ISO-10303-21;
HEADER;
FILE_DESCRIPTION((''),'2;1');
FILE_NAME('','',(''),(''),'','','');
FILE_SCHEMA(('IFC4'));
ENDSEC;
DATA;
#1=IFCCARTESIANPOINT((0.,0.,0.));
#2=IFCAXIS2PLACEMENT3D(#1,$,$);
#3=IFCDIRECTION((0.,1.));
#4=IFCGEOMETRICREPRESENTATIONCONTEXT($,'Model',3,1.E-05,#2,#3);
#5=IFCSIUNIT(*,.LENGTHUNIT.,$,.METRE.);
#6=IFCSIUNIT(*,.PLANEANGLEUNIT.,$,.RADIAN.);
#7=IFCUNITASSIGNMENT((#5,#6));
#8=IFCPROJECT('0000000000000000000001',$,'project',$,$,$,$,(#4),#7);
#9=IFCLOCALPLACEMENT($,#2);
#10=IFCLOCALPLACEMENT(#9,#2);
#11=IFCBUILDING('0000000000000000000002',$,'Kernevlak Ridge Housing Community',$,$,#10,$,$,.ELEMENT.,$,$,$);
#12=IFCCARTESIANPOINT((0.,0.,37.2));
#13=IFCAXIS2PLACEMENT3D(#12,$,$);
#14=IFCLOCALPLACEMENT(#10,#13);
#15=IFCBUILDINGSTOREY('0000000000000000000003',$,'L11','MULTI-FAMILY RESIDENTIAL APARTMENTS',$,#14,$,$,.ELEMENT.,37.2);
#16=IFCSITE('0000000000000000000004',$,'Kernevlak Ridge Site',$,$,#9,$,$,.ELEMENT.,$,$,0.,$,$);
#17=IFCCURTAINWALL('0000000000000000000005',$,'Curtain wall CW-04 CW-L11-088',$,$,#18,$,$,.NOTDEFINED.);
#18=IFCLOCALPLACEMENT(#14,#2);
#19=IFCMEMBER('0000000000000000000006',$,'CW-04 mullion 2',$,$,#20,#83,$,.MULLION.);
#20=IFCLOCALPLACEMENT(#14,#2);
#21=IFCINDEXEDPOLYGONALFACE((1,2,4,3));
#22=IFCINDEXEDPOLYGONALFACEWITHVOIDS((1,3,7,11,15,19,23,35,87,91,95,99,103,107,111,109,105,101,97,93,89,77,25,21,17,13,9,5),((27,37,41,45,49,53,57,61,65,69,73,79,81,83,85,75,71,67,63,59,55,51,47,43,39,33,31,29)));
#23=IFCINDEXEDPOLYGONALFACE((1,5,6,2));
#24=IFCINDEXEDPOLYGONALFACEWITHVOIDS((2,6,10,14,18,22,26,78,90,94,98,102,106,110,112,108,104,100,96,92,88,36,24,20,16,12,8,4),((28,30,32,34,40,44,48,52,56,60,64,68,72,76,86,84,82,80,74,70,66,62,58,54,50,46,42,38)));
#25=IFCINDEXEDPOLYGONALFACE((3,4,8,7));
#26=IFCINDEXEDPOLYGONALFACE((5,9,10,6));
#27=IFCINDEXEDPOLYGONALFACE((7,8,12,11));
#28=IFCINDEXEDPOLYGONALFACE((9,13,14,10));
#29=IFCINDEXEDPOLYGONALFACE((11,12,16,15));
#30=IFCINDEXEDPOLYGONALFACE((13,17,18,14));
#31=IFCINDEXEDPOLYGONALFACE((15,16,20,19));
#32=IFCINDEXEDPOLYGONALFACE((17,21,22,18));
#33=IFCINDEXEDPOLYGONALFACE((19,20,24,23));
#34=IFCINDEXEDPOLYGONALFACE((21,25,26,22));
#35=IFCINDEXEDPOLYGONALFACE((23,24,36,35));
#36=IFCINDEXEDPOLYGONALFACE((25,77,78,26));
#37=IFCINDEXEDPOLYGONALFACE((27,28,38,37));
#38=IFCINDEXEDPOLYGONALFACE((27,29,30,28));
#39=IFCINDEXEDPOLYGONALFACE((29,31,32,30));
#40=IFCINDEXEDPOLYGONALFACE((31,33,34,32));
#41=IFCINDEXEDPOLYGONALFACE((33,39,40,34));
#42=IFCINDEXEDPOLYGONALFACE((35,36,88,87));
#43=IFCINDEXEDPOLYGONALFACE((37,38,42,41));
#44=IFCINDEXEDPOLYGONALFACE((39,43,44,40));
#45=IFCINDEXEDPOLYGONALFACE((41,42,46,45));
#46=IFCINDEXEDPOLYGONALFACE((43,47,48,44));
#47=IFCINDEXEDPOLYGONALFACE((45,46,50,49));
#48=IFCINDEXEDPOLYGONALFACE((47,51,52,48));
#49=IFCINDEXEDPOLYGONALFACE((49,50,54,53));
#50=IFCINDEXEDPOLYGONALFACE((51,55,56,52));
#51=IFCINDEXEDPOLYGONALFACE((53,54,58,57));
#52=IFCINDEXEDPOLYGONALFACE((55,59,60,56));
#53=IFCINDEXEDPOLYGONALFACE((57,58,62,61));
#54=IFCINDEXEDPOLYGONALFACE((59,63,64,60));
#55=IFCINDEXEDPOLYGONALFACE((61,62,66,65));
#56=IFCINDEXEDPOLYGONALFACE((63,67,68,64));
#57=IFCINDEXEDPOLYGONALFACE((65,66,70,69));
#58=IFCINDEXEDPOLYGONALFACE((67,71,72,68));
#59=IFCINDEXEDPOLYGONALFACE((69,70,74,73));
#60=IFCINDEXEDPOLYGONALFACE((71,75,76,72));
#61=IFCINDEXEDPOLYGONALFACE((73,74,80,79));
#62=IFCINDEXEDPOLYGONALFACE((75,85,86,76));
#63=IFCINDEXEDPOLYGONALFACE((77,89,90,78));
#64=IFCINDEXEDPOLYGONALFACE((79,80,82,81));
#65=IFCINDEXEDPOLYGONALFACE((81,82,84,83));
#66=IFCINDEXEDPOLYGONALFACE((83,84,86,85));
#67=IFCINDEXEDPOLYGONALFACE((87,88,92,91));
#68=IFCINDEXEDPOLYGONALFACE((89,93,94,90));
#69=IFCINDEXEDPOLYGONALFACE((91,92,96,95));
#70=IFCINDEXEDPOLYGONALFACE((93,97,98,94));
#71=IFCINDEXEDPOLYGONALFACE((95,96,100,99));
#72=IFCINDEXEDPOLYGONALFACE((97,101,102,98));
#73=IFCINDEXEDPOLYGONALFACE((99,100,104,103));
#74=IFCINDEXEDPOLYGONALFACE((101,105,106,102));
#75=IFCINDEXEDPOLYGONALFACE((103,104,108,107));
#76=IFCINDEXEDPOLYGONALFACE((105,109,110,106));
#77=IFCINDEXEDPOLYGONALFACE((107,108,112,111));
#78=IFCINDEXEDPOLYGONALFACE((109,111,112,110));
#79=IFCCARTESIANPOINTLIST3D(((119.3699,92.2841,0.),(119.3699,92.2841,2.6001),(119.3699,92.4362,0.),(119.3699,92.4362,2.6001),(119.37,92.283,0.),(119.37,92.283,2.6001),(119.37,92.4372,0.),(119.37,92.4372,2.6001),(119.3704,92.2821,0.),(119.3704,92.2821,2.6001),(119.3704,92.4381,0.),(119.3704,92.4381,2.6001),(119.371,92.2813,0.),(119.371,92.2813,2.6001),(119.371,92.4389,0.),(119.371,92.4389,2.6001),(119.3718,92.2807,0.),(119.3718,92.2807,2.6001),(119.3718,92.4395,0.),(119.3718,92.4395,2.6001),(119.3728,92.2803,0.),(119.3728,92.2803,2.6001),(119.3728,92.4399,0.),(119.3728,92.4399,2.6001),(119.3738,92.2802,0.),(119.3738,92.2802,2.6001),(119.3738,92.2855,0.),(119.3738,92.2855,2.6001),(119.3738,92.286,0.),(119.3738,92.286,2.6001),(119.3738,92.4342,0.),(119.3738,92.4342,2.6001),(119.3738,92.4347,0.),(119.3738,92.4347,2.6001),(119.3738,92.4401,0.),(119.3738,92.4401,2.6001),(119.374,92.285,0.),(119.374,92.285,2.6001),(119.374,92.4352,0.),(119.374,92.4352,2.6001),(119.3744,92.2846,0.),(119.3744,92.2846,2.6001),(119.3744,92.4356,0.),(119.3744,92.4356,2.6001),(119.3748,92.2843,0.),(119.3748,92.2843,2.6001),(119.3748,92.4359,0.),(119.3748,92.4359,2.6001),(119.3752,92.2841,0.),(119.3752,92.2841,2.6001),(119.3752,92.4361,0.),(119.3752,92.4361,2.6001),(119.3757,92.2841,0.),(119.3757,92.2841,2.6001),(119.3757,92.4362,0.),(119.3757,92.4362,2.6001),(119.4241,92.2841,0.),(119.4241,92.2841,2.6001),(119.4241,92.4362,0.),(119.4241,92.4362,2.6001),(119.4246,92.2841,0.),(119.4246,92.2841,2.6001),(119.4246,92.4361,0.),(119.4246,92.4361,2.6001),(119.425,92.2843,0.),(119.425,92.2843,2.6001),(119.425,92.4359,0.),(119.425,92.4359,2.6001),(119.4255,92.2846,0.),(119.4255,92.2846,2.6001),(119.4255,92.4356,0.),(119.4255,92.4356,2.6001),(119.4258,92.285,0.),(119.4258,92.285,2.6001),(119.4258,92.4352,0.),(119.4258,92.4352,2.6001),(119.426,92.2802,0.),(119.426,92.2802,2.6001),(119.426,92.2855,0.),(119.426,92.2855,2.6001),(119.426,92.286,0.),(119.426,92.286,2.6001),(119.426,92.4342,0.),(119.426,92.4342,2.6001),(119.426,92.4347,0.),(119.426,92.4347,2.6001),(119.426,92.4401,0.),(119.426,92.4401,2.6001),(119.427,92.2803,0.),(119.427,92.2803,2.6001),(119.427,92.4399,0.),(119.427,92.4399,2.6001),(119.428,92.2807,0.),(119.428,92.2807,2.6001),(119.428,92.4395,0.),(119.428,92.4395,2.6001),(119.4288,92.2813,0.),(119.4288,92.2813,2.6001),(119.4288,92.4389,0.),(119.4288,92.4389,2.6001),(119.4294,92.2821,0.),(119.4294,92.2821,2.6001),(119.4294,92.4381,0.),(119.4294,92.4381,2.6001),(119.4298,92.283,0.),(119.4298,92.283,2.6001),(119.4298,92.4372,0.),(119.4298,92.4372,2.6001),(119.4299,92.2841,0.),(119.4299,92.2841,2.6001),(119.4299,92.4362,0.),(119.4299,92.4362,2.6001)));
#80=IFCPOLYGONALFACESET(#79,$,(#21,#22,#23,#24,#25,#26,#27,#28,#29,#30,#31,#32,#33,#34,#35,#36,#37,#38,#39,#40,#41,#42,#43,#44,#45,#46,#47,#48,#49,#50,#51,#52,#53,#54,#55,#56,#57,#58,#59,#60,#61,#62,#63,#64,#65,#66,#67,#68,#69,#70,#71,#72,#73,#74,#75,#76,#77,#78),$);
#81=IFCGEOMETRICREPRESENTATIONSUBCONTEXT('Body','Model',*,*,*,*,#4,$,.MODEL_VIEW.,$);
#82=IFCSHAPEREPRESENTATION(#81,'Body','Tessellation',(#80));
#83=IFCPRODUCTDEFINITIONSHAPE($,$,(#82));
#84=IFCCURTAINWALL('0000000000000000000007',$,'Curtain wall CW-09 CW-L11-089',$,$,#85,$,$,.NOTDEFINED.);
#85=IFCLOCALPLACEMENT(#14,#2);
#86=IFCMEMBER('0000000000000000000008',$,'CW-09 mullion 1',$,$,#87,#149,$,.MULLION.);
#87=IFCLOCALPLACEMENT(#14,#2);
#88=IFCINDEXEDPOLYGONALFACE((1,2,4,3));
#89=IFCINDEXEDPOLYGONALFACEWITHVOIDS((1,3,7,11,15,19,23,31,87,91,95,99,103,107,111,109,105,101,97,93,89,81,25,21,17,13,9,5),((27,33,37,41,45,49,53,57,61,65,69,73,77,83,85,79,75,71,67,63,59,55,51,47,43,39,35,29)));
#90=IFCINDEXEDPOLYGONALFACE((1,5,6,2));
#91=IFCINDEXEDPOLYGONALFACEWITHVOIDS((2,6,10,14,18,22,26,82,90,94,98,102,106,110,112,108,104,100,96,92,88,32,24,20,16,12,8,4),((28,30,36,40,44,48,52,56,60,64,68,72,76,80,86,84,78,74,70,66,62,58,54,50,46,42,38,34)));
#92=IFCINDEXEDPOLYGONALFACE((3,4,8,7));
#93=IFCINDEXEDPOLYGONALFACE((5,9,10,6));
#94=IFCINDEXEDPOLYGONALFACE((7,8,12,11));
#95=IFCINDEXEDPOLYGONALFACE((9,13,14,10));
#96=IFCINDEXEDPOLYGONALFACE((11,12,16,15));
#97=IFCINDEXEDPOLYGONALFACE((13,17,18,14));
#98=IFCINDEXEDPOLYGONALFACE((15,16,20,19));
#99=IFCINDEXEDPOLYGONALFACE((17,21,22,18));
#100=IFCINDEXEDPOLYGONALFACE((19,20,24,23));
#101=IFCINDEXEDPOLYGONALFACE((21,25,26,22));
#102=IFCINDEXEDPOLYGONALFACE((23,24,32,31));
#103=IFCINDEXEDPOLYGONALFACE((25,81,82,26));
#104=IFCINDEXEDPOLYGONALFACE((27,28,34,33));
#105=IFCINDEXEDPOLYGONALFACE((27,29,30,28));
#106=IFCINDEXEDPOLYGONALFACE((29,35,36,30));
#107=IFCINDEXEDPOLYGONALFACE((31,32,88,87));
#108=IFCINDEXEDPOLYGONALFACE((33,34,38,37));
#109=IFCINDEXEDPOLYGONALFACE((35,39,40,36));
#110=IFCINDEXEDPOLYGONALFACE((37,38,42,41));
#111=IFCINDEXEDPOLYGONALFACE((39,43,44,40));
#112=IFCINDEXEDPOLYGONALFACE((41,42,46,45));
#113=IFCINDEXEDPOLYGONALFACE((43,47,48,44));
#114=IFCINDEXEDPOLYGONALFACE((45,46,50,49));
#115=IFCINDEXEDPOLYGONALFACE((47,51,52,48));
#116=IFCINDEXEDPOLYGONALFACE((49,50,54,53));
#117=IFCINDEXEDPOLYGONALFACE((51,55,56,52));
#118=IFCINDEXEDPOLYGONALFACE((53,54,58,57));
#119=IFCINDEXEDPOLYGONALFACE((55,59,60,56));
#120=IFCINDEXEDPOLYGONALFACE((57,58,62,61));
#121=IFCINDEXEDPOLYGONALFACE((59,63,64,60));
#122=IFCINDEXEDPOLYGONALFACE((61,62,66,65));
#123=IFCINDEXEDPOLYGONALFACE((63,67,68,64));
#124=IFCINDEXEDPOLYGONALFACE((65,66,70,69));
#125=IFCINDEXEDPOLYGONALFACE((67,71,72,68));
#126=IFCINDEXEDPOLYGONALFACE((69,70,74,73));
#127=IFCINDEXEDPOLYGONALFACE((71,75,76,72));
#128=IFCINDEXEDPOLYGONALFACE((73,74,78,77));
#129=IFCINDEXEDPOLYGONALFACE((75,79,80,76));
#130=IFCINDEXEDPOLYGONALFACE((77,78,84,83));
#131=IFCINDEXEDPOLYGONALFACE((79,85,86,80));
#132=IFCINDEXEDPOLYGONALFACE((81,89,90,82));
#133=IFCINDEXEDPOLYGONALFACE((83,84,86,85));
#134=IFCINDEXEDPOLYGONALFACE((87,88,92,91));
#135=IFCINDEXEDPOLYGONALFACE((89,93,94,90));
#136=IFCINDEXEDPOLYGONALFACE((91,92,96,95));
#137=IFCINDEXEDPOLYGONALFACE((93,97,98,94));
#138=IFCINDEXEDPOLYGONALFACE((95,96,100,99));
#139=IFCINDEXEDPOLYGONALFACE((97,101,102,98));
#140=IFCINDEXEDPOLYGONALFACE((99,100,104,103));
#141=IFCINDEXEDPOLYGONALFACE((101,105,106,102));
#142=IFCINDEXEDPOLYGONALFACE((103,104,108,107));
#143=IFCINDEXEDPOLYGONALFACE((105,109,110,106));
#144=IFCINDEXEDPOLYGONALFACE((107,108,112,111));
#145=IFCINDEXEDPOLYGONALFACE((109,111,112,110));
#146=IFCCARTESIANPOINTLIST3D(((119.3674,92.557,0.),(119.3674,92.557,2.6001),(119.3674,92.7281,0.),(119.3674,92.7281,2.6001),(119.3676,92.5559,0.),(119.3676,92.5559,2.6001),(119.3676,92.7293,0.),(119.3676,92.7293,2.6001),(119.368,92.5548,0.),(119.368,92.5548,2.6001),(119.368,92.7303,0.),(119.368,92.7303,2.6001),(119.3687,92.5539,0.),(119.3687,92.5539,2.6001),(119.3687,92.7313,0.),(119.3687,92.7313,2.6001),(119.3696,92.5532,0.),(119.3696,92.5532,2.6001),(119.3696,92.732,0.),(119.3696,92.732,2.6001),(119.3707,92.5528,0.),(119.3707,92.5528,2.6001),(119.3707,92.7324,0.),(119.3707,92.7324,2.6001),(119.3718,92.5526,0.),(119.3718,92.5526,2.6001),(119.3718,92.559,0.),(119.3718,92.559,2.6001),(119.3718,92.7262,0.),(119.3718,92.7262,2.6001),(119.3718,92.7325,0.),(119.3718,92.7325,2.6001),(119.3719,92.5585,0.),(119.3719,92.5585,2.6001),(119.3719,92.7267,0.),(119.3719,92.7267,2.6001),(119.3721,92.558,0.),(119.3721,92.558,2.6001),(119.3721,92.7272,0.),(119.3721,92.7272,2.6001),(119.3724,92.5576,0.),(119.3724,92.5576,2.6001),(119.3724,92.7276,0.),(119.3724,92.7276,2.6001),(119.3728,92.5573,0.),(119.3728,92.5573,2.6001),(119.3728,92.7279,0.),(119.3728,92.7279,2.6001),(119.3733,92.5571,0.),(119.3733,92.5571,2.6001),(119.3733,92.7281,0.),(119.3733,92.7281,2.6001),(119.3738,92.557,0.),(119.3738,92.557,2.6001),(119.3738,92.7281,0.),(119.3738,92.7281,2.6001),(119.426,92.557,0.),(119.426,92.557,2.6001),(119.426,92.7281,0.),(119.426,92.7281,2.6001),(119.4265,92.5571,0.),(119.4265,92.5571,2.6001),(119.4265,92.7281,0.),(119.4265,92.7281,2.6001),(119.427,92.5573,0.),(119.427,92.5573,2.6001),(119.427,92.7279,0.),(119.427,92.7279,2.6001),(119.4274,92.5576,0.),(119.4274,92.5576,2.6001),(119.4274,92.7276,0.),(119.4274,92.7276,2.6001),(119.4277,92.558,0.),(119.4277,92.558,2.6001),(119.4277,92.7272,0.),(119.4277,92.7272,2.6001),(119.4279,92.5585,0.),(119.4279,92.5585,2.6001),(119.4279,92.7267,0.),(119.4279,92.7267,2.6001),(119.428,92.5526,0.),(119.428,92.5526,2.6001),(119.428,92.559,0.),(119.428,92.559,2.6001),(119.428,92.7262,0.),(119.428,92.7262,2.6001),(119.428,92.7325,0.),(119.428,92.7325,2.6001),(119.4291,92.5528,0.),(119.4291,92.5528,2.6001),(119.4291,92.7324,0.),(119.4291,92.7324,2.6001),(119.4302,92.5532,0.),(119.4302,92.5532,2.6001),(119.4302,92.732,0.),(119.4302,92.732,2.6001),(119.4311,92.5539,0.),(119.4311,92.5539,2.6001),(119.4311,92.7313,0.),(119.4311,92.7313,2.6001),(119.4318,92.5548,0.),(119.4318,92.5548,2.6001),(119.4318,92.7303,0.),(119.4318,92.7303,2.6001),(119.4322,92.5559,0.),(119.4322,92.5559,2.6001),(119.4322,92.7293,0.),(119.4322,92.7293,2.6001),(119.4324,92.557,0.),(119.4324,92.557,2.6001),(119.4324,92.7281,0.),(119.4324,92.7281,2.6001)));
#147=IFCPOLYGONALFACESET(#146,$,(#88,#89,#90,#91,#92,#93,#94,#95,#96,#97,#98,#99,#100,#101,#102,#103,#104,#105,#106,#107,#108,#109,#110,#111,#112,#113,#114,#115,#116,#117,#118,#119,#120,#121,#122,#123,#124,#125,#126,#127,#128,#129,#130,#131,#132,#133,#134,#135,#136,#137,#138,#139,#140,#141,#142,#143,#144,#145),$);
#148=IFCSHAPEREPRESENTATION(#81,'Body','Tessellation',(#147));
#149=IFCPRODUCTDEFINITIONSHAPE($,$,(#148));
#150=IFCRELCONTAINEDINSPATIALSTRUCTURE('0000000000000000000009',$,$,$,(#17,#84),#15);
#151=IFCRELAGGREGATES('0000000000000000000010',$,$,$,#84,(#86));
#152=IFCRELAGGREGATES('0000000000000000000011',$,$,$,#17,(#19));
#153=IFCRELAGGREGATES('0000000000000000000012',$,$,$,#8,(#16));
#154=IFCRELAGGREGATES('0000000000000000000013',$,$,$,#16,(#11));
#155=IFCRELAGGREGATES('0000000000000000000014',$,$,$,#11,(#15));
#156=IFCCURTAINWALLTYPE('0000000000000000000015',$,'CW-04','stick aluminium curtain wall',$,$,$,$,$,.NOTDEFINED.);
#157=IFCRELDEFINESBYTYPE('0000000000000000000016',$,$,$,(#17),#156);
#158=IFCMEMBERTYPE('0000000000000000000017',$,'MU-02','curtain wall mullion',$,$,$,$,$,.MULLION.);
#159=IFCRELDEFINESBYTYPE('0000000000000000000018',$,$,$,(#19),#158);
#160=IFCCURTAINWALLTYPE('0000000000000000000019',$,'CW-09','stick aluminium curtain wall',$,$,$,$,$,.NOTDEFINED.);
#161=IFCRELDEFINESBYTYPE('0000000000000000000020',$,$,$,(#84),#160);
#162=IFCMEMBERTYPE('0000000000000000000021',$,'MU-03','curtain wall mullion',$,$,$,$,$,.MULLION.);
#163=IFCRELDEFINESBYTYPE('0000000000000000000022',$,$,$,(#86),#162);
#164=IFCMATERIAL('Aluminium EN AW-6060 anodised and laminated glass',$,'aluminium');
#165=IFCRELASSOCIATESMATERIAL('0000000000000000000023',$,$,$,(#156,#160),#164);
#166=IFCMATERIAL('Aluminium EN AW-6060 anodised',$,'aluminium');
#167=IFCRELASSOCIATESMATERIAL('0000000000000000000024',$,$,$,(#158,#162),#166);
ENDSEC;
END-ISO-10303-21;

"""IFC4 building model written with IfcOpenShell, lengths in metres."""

from ifc_helpers import new_model, si_unit, direction, frame, origin, origin_2d, place, context, subcontext, project, spatial, hollow_rectangle, extrude, material, material_profile, profile_set, type_object, element, aggregate, save


model = new_model("IFC4")

# Units and contexts
model_context = context("Model", 3, precision=1e-05, world=origin(), true_north=direction((0.0, 1.0)))
body_context = subcontext(model_context, "Body", "Model", "MODEL_VIEW")
ifc_project = project(units=[si_unit("LENGTHUNIT", "METRE"), si_unit("PLANEANGLEUNIT", "RADIAN")], contexts=[model_context])

# Site, building, storey
site_placement = place(None, origin())
site = spatial("IfcSite", under=ifc_project, at=site_placement, Name="Kernevlak Ridge Site", CompositionType="ELEMENT", RefElevation=0.0)
building_placement = place(site_placement, origin())
building = spatial("IfcBuilding", under=site, at=building_placement, Name="Kernevlak Ridge Housing Community", CompositionType="ELEMENT")
storey_placement = place(building_placement, frame((0.0, 0.0, 37.2)))
storey = spatial("IfcBuildingStorey", under=building, at=storey_placement, Name="L11", Description="MULTI-FAMILY RESIDENTIAL APARTMENTS", CompositionType="ELEMENT", Elevation=37.2)

# Curtain walls, members
ifc_material_1 = material(Name="Aluminium EN AW-6060 anodised and laminated glass", Category="aluminium")
curtain_wall_type_1 = type_object("IfcCurtainWallType", Name="CW-04", Description="stick aluminium curtain wall", PredefinedType="NOTDEFINED", material=ifc_material_1)
curtain_wall_1_placement = place(storey_placement, origin())
curtain_wall_1 = element("IfcCurtainWall", 1, at=curtain_wall_1_placement, inside=storey, type_object=curtain_wall_type_1, Name="Curtain wall CW-04 CW-L11-088", PredefinedType="NOTDEFINED")
ifc_material_2 = material(Name="Aluminium EN AW-6060 anodised", Category="aluminium")
ifc_material_profile_1 = material_profile(ifc_material_2, hollow_rectangle(XDim=0.0601, YDim=0.1599, WallThickness=0.0039, InnerFilletRadius=0.002, OuterFilletRadius=0.0039, at=origin_2d()), Name="ALU 60x160x4")
ifc_profile_set_1 = profile_set([ifc_material_profile_1], Name="Aluminium EN AW-6060 anodised")
member_type_1 = type_object("IfcMemberType", Name="MU-02", Description="curtain wall mullion", PredefinedType="MULLION", material=ifc_profile_set_1)
member_1_placement = place(storey_placement, frame((119.3999, 92.3601, 0.0), z_axis=(0.0, 0.0, 1.0), x_axis=(-1.0, 0.0, 0.0)))
member_1 = element("IfcMember", 2, at=member_1_placement, type_object=member_type_1, Name="CW-04 mullion 2", PredefinedType="MULLION", context=body_context, shape_type="SweptSolid", body=[
    extrude(hollow_rectangle(XDim=0.0601, YDim=0.1599, WallThickness=0.0039, InnerFilletRadius=0.002, OuterFilletRadius=0.0039, at=origin_2d()), origin(), (0.0, 0.0, 1.0), 2.6001),
])
curtain_wall_type_2 = type_object("IfcCurtainWallType", Name="CW-09", Description="stick aluminium curtain wall", PredefinedType="NOTDEFINED", material=ifc_material_1)
curtain_wall_2_placement = place(storey_placement, origin())
curtain_wall_2 = element("IfcCurtainWall", 3, at=curtain_wall_2_placement, inside=storey, type_object=curtain_wall_type_2, Name="Curtain wall CW-09 CW-L11-089", PredefinedType="NOTDEFINED")
ifc_material_profile_2 = material_profile(ifc_material_2, hollow_rectangle(XDim=0.0649, YDim=0.1799, WallThickness=0.0044, InnerFilletRadius=0.002, OuterFilletRadius=0.0044, at=origin_2d()), Name="ALU 65x180x4.5")
ifc_profile_set_2 = profile_set([ifc_material_profile_2], Name="Aluminium EN AW-6060 anodised")
member_type_2 = type_object("IfcMemberType", Name="MU-03", Description="curtain wall mullion", PredefinedType="MULLION", material=ifc_profile_set_2)
member_2_placement = place(storey_placement, frame((119.3999, 92.6426, 0.0), z_axis=(0.0, 0.0, 1.0), x_axis=(-1.0, 0.0, 0.0)))
member_2 = element("IfcMember", 4, at=member_2_placement, type_object=member_type_2, Name="CW-09 mullion 1", PredefinedType="MULLION", context=body_context, shape_type="SweptSolid", body=[
    extrude(hollow_rectangle(XDim=0.0649, YDim=0.1799, WallThickness=0.0044, InnerFilletRadius=0.002, OuterFilletRadius=0.0044, at=origin_2d()), origin(), (0.0, 0.0, 1.0), 2.6001),
])

aggregate(curtain_wall_2, [member_2])

aggregate(curtain_wall_1, [member_1])

save(model, "model.ifc")
